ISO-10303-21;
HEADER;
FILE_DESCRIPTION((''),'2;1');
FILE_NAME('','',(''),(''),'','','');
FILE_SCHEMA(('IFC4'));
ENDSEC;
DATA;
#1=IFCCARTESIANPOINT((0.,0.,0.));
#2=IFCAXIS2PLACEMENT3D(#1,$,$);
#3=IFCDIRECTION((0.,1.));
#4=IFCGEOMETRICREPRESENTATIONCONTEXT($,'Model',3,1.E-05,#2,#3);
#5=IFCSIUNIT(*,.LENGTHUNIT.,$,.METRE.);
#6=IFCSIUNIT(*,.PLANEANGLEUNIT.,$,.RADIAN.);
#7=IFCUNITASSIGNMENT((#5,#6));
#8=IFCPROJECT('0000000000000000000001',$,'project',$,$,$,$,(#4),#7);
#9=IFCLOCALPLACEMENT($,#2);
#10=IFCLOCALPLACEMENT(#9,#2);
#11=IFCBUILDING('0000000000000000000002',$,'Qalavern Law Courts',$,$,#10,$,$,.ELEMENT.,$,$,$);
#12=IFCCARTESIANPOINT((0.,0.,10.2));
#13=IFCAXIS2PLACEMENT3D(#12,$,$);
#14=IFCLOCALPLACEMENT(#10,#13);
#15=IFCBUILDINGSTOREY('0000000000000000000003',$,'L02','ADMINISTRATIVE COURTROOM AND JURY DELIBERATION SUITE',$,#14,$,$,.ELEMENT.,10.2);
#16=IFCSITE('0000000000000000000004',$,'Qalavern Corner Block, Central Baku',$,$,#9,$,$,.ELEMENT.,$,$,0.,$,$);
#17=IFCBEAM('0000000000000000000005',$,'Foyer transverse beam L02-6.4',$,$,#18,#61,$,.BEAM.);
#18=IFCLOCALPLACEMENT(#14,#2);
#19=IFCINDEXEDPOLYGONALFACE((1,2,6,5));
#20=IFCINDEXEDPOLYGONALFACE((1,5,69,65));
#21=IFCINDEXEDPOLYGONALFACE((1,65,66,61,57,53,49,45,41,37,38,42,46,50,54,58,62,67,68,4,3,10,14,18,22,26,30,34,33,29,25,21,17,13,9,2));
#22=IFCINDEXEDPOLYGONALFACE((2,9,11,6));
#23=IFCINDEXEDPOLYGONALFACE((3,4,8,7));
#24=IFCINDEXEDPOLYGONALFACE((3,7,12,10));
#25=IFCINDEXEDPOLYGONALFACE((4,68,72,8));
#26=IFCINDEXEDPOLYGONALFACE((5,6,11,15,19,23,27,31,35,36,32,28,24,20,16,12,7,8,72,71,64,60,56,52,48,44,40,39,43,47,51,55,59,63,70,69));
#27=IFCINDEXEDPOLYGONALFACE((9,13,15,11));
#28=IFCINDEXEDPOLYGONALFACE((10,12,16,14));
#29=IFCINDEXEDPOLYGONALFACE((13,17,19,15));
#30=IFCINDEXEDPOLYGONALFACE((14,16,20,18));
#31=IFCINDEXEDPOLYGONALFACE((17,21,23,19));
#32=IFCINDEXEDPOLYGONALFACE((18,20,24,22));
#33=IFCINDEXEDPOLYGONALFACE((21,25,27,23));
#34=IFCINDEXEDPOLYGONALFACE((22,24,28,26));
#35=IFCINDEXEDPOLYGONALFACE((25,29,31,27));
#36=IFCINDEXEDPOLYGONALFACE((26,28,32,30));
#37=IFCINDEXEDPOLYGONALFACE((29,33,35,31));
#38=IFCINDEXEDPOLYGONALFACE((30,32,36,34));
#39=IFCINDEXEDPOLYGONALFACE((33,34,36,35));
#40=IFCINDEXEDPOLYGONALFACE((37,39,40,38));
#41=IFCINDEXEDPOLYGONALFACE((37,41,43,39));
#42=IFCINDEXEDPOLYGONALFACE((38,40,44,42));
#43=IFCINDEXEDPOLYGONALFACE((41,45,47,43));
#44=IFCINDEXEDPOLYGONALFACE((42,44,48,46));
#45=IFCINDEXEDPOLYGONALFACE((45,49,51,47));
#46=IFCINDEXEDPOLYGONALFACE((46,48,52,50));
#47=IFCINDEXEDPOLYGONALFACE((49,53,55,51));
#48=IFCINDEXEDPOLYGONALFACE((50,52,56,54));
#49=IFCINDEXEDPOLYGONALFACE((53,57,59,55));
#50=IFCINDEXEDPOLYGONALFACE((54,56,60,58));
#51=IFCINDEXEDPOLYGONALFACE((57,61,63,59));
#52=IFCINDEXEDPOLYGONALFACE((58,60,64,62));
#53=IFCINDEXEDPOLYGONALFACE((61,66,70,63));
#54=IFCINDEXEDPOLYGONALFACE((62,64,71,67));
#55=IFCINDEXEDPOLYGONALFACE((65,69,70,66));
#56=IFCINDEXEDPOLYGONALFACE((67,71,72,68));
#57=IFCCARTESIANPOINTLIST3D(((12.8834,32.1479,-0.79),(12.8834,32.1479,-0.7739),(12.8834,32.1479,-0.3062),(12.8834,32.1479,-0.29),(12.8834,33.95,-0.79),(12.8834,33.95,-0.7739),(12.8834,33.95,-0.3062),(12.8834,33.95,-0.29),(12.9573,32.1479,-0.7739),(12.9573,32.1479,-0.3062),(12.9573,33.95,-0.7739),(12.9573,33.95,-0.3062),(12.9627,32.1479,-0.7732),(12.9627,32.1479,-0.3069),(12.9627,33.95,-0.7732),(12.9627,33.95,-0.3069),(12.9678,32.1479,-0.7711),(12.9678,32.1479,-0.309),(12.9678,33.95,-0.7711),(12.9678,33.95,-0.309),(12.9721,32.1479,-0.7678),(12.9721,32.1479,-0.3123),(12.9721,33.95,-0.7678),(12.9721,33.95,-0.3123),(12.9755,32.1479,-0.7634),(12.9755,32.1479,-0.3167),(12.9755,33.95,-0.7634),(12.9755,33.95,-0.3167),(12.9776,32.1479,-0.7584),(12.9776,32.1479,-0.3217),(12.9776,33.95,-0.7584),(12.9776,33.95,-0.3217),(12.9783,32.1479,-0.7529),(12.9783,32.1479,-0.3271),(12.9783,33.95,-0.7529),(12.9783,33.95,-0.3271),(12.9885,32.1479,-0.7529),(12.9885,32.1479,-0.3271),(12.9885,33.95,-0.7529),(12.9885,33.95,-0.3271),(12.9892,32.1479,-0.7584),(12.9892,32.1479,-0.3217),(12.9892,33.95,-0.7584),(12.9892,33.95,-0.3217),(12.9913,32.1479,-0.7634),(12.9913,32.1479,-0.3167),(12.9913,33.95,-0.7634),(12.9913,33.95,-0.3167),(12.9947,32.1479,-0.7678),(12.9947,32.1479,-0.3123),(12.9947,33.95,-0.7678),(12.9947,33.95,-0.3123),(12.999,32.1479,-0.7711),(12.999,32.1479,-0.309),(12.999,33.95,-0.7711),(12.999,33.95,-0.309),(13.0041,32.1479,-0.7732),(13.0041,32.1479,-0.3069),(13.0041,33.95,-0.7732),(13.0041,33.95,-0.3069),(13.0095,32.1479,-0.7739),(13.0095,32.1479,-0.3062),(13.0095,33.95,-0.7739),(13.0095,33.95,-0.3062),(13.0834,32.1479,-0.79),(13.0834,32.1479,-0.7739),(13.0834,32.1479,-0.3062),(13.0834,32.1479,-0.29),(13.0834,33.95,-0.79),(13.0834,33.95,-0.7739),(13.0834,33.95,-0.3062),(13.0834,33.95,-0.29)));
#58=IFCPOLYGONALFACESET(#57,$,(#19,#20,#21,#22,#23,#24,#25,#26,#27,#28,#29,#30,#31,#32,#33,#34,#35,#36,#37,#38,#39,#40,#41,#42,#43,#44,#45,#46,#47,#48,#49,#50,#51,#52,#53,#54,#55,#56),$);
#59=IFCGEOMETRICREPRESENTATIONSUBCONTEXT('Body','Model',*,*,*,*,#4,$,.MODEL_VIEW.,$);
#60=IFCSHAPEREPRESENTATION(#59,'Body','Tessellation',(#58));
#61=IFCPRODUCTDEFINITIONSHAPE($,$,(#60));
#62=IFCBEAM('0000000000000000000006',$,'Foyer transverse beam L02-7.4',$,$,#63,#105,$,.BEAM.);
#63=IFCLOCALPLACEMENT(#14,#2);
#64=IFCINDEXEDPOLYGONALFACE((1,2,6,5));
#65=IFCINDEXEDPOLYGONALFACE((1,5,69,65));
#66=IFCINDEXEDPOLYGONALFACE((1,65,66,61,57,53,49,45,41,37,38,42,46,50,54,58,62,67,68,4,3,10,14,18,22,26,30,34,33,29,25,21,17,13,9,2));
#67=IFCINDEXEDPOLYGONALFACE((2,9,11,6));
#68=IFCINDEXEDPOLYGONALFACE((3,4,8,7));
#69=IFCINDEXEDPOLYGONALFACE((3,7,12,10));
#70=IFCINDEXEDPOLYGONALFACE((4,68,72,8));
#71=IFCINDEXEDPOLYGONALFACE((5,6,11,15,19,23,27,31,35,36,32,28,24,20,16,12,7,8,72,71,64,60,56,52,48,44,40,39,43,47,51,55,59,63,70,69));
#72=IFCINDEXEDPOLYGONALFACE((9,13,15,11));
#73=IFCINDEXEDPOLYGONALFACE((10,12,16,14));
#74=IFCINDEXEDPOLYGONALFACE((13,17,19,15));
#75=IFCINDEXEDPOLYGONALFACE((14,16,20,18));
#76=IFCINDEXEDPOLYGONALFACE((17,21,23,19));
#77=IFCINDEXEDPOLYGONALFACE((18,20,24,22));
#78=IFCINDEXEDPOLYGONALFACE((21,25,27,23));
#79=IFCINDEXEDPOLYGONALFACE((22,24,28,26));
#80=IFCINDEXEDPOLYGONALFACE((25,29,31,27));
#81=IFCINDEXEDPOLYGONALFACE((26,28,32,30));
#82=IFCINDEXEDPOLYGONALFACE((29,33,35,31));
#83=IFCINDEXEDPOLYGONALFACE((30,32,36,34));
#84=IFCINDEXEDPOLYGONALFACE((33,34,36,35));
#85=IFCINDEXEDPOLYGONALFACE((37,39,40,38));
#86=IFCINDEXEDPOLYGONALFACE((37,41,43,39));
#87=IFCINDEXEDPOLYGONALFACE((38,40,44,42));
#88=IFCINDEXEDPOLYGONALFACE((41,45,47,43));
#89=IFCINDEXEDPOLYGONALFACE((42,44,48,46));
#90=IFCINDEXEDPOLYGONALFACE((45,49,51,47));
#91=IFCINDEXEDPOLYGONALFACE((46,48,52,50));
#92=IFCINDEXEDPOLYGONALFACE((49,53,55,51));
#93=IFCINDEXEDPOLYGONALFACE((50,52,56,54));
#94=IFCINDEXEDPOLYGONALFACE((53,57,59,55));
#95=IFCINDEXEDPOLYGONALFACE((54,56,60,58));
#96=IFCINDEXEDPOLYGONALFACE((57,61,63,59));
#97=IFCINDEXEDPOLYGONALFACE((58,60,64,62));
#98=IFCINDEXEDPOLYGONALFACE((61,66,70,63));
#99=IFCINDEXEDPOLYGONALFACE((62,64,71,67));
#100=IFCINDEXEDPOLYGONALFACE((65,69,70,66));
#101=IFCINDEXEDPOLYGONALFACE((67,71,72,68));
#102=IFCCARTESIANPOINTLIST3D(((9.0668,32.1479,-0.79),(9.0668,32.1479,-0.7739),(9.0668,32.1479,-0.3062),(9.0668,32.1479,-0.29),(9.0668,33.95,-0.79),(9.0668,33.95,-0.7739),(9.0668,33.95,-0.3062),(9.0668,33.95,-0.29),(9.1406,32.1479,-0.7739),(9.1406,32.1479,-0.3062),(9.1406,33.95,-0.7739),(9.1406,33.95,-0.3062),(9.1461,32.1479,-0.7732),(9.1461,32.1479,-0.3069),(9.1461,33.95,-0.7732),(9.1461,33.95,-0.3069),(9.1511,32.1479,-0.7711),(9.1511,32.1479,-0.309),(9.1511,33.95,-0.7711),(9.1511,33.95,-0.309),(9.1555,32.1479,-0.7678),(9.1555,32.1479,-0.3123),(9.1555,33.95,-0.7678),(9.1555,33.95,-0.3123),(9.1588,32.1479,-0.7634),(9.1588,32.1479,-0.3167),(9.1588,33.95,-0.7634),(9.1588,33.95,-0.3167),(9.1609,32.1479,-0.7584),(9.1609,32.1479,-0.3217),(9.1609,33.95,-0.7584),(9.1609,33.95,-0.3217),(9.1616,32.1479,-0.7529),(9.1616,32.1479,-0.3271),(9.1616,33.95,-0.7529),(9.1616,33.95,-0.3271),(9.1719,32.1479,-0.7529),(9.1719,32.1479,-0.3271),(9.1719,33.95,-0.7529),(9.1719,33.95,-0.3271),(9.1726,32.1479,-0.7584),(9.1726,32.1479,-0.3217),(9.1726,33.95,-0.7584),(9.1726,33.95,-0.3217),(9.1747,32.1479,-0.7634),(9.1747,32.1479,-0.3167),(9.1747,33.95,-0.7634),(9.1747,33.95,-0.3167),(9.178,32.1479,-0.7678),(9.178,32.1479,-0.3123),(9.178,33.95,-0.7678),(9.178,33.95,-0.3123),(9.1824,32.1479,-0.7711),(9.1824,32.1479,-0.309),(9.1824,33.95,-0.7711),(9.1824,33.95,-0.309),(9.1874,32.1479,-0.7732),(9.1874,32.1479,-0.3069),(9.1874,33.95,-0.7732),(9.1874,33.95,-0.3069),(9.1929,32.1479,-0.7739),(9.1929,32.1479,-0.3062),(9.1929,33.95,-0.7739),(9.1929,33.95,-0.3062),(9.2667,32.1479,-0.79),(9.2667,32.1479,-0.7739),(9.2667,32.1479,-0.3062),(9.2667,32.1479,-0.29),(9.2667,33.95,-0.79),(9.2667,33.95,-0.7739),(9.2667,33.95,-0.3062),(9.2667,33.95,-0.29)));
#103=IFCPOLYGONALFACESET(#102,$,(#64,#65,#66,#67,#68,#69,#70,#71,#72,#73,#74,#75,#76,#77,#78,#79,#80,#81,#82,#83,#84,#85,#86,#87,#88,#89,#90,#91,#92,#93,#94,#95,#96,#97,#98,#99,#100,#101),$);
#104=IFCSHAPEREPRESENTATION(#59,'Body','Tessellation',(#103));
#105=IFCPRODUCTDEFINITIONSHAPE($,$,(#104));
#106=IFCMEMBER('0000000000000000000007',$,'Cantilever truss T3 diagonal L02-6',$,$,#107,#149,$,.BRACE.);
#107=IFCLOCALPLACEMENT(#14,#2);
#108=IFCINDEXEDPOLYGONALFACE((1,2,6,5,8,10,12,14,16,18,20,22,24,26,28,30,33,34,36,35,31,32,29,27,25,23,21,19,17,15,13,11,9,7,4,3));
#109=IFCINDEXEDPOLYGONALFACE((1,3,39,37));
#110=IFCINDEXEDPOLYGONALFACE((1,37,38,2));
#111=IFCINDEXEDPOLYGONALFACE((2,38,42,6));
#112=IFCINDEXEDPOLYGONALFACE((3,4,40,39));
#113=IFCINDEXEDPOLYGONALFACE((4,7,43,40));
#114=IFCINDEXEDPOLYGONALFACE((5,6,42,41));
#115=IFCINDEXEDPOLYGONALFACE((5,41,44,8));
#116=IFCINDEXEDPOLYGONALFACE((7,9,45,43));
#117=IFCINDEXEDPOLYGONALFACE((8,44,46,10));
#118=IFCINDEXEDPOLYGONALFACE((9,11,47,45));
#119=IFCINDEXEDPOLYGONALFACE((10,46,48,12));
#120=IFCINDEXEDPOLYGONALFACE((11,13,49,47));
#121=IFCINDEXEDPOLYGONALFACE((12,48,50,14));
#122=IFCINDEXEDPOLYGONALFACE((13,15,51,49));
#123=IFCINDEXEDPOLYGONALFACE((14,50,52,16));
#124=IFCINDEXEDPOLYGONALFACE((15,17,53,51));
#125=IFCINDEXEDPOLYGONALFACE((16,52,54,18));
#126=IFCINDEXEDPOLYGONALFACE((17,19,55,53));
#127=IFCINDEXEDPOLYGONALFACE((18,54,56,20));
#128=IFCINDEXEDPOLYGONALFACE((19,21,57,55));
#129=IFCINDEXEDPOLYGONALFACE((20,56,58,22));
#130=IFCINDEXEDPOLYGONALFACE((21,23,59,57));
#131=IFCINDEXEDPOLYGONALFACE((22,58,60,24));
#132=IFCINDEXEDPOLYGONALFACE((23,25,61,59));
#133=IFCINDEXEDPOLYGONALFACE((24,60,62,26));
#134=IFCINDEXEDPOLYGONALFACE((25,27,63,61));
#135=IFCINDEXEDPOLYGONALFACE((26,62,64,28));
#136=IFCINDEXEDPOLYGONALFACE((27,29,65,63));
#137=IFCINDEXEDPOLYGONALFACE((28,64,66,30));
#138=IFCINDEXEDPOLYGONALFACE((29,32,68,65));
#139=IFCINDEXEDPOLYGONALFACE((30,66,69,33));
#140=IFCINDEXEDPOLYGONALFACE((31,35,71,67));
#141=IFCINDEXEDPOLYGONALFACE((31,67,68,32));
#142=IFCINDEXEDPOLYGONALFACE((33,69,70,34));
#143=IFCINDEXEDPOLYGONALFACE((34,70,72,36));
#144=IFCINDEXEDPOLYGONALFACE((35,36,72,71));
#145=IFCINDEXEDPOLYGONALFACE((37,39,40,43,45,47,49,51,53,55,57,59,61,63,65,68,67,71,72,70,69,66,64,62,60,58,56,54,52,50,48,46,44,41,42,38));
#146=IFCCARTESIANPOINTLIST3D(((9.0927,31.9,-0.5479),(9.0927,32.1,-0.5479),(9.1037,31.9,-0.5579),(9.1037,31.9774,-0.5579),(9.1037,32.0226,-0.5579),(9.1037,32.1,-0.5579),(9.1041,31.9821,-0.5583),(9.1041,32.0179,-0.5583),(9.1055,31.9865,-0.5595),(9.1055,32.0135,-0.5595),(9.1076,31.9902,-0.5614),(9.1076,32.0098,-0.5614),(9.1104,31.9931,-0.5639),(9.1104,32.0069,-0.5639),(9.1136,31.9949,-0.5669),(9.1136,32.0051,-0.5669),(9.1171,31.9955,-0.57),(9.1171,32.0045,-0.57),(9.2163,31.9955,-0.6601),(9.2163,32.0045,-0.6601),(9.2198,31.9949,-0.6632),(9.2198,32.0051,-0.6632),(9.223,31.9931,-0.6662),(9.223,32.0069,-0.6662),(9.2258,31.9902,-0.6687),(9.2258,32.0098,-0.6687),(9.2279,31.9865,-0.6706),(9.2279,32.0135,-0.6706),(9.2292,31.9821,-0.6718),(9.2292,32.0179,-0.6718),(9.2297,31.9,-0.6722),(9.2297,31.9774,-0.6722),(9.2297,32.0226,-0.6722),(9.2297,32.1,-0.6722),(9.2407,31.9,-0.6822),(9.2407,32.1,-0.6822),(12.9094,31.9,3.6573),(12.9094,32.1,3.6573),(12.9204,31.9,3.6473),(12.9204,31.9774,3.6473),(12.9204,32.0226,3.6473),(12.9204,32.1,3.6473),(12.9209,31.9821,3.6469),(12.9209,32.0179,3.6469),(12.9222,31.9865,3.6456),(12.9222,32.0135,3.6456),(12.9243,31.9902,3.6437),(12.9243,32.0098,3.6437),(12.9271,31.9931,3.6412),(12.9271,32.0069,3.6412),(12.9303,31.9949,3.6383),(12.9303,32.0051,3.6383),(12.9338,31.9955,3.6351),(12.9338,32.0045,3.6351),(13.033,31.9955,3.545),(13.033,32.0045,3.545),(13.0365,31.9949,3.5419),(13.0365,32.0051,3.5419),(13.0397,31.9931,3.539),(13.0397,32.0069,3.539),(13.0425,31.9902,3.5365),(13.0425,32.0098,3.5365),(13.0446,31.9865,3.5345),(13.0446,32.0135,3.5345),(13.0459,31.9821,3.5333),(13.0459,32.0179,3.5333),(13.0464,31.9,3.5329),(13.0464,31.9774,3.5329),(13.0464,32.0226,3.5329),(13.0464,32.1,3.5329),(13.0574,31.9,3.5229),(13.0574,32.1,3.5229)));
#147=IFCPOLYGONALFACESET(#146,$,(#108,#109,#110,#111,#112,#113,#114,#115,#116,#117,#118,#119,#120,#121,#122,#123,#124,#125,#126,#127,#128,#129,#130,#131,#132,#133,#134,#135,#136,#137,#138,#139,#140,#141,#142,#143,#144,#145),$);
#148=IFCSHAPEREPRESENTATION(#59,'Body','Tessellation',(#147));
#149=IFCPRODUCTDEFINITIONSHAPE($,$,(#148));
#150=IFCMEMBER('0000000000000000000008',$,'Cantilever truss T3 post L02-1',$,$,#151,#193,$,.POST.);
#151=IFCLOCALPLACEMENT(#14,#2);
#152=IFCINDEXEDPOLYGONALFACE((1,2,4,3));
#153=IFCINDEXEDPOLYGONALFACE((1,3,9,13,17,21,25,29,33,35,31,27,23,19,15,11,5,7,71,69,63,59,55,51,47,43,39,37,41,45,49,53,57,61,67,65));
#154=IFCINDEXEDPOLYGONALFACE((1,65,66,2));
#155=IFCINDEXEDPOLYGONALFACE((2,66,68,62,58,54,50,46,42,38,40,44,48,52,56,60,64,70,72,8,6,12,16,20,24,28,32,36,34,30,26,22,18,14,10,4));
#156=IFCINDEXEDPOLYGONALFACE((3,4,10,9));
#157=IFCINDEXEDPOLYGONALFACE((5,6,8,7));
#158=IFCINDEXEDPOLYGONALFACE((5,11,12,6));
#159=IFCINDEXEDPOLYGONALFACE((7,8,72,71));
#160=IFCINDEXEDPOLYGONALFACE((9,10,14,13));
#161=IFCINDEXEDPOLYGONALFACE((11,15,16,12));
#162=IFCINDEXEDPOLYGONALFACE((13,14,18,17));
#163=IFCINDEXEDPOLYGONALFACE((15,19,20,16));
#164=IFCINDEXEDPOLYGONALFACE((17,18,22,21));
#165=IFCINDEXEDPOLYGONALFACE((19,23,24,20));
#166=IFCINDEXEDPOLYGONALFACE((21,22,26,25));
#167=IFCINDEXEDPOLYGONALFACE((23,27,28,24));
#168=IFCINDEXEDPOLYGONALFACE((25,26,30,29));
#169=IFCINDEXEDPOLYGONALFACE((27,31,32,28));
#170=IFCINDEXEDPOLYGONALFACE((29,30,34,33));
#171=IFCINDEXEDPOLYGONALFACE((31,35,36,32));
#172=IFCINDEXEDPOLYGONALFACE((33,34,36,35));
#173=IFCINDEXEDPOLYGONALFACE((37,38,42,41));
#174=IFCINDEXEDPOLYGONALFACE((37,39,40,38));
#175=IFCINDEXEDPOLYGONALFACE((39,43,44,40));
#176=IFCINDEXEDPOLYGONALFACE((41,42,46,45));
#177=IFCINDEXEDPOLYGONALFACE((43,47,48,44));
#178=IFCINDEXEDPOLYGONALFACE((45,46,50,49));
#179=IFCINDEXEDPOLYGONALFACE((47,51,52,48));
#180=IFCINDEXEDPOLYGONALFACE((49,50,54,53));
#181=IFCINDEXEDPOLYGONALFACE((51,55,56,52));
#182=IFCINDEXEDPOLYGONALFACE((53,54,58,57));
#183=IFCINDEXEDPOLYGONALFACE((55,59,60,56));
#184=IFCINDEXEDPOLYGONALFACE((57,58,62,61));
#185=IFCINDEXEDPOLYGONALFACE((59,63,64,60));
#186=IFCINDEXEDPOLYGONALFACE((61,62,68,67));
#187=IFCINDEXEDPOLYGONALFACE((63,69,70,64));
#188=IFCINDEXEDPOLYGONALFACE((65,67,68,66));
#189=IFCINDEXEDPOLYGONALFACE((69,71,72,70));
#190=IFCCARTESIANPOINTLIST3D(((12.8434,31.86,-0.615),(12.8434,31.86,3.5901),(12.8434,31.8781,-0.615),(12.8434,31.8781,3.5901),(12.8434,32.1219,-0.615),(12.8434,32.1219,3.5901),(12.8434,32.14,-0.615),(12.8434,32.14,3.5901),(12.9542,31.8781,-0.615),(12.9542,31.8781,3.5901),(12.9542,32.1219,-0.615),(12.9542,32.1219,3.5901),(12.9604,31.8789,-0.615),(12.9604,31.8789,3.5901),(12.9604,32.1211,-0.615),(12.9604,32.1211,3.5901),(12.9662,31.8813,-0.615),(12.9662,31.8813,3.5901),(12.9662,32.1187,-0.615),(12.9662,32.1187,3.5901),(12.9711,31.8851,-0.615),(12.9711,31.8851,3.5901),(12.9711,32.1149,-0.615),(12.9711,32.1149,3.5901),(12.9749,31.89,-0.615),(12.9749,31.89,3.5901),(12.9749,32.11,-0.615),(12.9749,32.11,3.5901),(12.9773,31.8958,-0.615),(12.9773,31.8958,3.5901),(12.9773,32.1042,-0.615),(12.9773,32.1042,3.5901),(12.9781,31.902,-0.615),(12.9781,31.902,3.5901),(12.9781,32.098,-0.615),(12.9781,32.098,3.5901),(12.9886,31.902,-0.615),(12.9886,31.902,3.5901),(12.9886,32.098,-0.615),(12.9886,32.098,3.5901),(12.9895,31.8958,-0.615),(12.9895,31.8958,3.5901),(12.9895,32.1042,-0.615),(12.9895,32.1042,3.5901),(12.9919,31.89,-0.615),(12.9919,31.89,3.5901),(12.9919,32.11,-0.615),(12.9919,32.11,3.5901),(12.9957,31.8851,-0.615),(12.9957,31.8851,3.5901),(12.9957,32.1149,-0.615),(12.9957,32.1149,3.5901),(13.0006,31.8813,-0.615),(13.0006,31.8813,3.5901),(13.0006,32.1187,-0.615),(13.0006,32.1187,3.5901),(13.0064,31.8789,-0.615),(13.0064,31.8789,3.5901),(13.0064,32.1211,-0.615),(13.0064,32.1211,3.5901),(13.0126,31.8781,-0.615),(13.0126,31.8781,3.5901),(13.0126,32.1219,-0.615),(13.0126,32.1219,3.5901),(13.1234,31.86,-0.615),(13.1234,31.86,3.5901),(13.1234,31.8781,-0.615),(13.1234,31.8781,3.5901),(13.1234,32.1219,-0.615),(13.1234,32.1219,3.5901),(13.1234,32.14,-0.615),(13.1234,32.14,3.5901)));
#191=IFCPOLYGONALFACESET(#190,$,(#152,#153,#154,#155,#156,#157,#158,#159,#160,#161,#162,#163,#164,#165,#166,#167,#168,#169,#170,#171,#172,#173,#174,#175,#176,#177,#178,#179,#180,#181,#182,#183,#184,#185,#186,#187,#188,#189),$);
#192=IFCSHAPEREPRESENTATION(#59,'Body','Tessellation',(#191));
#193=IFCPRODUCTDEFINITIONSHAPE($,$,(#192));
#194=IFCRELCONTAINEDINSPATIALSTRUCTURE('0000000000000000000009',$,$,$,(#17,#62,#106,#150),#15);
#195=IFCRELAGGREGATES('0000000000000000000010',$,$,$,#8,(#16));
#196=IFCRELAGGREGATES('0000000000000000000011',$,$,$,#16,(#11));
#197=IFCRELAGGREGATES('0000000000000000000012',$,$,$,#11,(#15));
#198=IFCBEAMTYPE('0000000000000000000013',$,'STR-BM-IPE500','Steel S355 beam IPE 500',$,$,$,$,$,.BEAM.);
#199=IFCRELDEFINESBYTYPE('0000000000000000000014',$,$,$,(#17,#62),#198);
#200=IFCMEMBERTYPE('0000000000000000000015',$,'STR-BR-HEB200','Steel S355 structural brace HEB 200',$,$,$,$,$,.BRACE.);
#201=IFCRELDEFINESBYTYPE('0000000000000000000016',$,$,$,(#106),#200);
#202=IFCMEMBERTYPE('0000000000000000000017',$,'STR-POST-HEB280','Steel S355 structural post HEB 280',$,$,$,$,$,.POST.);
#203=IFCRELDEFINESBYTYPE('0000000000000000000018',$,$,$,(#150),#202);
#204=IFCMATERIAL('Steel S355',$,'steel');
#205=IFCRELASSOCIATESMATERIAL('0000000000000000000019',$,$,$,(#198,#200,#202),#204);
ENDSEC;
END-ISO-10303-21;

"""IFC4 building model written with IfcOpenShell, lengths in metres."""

from ifc_helpers import new_model, si_unit, direction, frame, origin, origin_2d, place, context, subcontext, project, spatial, i_section, extrude, material, material_profile, profile_set, type_object, element, save


model = new_model("IFC4")

# Units and contexts
model_context = context("Model", 3, precision=1e-05, world=origin(), true_north=direction((0.0, 1.0)))
body_context = subcontext(model_context, "Body", "Model", "MODEL_VIEW")
ifc_project = project(units=[si_unit("LENGTHUNIT", "METRE"), si_unit("PLANEANGLEUNIT", "RADIAN")], contexts=[model_context])

# Site, building, storey
site_placement = place(None, origin())
site = spatial("IfcSite", under=ifc_project, at=site_placement, Name="Qalavern Corner Block, Central Baku", CompositionType="ELEMENT", RefElevation=0.0)
building_placement = place(site_placement, origin())
building = spatial("IfcBuilding", under=site, at=building_placement, Name="Qalavern Law Courts", CompositionType="ELEMENT")
storey_placement = place(building_placement, frame((0.0, 0.0, 10.2)))
storey = spatial("IfcBuildingStorey", under=building, at=storey_placement, Name="L02", Description="ADMINISTRATIVE COURTROOM AND JURY DELIBERATION SUITE", CompositionType="ELEMENT", Elevation=10.2)

# Beams
ifc_material_1 = material(Name="Steel S355", Category="steel")
ifc_material_profile_1 = material_profile(ifc_material_1, i_section(OverallWidth=0.2, OverallDepth=0.5, WebThickness=0.0103, FlangeThickness=0.0161, FilletRadius=0.021, at=origin_2d()), Name="IPE 500")
ifc_profile_set_1 = profile_set([ifc_material_profile_1], Name="Steel S355")
beam_type = type_object("IfcBeamType", Name="STR-BM-IPE500", Description="Steel S355 beam IPE 500", PredefinedType="BEAM", material=ifc_profile_set_1)
for number, where, z_axis, x_axis, name in (
    (1, (12.9834, 32.1479, -0.54), (0.0, 1.0, 0.0), (-1.0, 0.0, 0.0), "Foyer transverse beam L02-6.4"),
    (2, (9.1667, 32.1479, -0.54), (0.0, 1.0, 0.0), (-1.0, 0.0, 0.0), "Foyer transverse beam L02-7.4"),
):
    element("IfcBeam", number, at=place(storey_placement, frame(where, z_axis=z_axis, x_axis=x_axis)), inside=storey, type_object=beam_type, Name=name, PredefinedType="BEAM", context=body_context, shape_type="SweptSolid", body=[
        extrude(i_section(OverallWidth=0.2, OverallDepth=0.5, WebThickness=0.0103, FlangeThickness=0.0161, FilletRadius=0.021, at=origin_2d()), origin(), (0.0, 0.0, 1.0), 1.802),
    ])

# Members
ifc_material_profile_2 = material_profile(ifc_material_1, i_section(OverallWidth=0.2, OverallDepth=0.2, WebThickness=0.009, FlangeThickness=0.0149, FilletRadius=0.0181, at=origin_2d()), Name="HEB 200")
ifc_profile_set_2 = profile_set([ifc_material_profile_2], Name="Steel S355")
member_type_1 = type_object("IfcMemberType", Name="STR-BR-HEB200", Description="Steel S355 structural brace HEB 200", PredefinedType="BRACE", material=ifc_profile_set_2)
member_1_placement = place(storey_placement, frame((12.9834, 32.0, 3.5901), z_axis=(-0.67208, 0.0, -0.740479), x_axis=(0.0, -1.0, 0.0)))
element("IfcMember", 3, at=member_1_placement, inside=storey, type_object=member_type_1, Name="Cantilever truss T3 diagonal L02-6", PredefinedType="BRACE", context=body_context, shape_type="SweptSolid", body=[
    extrude(i_section(OverallWidth=0.2, OverallDepth=0.2, WebThickness=0.009, FlangeThickness=0.0149, FilletRadius=0.0181, at=origin_2d()), origin(), (0.0, 0.0, 1.0), 5.679),
])
ifc_material_profile_3 = material_profile(ifc_material_1, i_section(OverallWidth=0.28, OverallDepth=0.28, WebThickness=0.0105, FlangeThickness=0.0181, FilletRadius=0.0239, at=origin_2d()), Name="HEB 280")
ifc_profile_set_3 = profile_set([ifc_material_profile_3], Name="Steel S355")
member_type_2 = type_object("IfcMemberType", Name="STR-POST-HEB280", Description="Steel S355 structural post HEB 280", PredefinedType="POST", material=ifc_profile_set_3)
for number, where, z_axis, x_axis, name in (
    (4, (12.9834, 32.0, -0.615), (0.0, 0.0, 1.0), (1.0, 0.0, 0.0), "Cantilever truss T3 post L02-1"),
):
    element("IfcMember", number, at=place(storey_placement, frame(where, z_axis=z_axis, x_axis=x_axis)), inside=storey, type_object=member_type_2, Name=name, PredefinedType="POST", context=body_context, shape_type="SweptSolid", body=[
        extrude(i_section(OverallWidth=0.28, OverallDepth=0.28, WebThickness=0.0105, FlangeThickness=0.0181, FilletRadius=0.0239, at=origin_2d()), origin(), (0.0, 0.0, 1.0), 4.2051),
    ])

save(model, "model.ifc")
